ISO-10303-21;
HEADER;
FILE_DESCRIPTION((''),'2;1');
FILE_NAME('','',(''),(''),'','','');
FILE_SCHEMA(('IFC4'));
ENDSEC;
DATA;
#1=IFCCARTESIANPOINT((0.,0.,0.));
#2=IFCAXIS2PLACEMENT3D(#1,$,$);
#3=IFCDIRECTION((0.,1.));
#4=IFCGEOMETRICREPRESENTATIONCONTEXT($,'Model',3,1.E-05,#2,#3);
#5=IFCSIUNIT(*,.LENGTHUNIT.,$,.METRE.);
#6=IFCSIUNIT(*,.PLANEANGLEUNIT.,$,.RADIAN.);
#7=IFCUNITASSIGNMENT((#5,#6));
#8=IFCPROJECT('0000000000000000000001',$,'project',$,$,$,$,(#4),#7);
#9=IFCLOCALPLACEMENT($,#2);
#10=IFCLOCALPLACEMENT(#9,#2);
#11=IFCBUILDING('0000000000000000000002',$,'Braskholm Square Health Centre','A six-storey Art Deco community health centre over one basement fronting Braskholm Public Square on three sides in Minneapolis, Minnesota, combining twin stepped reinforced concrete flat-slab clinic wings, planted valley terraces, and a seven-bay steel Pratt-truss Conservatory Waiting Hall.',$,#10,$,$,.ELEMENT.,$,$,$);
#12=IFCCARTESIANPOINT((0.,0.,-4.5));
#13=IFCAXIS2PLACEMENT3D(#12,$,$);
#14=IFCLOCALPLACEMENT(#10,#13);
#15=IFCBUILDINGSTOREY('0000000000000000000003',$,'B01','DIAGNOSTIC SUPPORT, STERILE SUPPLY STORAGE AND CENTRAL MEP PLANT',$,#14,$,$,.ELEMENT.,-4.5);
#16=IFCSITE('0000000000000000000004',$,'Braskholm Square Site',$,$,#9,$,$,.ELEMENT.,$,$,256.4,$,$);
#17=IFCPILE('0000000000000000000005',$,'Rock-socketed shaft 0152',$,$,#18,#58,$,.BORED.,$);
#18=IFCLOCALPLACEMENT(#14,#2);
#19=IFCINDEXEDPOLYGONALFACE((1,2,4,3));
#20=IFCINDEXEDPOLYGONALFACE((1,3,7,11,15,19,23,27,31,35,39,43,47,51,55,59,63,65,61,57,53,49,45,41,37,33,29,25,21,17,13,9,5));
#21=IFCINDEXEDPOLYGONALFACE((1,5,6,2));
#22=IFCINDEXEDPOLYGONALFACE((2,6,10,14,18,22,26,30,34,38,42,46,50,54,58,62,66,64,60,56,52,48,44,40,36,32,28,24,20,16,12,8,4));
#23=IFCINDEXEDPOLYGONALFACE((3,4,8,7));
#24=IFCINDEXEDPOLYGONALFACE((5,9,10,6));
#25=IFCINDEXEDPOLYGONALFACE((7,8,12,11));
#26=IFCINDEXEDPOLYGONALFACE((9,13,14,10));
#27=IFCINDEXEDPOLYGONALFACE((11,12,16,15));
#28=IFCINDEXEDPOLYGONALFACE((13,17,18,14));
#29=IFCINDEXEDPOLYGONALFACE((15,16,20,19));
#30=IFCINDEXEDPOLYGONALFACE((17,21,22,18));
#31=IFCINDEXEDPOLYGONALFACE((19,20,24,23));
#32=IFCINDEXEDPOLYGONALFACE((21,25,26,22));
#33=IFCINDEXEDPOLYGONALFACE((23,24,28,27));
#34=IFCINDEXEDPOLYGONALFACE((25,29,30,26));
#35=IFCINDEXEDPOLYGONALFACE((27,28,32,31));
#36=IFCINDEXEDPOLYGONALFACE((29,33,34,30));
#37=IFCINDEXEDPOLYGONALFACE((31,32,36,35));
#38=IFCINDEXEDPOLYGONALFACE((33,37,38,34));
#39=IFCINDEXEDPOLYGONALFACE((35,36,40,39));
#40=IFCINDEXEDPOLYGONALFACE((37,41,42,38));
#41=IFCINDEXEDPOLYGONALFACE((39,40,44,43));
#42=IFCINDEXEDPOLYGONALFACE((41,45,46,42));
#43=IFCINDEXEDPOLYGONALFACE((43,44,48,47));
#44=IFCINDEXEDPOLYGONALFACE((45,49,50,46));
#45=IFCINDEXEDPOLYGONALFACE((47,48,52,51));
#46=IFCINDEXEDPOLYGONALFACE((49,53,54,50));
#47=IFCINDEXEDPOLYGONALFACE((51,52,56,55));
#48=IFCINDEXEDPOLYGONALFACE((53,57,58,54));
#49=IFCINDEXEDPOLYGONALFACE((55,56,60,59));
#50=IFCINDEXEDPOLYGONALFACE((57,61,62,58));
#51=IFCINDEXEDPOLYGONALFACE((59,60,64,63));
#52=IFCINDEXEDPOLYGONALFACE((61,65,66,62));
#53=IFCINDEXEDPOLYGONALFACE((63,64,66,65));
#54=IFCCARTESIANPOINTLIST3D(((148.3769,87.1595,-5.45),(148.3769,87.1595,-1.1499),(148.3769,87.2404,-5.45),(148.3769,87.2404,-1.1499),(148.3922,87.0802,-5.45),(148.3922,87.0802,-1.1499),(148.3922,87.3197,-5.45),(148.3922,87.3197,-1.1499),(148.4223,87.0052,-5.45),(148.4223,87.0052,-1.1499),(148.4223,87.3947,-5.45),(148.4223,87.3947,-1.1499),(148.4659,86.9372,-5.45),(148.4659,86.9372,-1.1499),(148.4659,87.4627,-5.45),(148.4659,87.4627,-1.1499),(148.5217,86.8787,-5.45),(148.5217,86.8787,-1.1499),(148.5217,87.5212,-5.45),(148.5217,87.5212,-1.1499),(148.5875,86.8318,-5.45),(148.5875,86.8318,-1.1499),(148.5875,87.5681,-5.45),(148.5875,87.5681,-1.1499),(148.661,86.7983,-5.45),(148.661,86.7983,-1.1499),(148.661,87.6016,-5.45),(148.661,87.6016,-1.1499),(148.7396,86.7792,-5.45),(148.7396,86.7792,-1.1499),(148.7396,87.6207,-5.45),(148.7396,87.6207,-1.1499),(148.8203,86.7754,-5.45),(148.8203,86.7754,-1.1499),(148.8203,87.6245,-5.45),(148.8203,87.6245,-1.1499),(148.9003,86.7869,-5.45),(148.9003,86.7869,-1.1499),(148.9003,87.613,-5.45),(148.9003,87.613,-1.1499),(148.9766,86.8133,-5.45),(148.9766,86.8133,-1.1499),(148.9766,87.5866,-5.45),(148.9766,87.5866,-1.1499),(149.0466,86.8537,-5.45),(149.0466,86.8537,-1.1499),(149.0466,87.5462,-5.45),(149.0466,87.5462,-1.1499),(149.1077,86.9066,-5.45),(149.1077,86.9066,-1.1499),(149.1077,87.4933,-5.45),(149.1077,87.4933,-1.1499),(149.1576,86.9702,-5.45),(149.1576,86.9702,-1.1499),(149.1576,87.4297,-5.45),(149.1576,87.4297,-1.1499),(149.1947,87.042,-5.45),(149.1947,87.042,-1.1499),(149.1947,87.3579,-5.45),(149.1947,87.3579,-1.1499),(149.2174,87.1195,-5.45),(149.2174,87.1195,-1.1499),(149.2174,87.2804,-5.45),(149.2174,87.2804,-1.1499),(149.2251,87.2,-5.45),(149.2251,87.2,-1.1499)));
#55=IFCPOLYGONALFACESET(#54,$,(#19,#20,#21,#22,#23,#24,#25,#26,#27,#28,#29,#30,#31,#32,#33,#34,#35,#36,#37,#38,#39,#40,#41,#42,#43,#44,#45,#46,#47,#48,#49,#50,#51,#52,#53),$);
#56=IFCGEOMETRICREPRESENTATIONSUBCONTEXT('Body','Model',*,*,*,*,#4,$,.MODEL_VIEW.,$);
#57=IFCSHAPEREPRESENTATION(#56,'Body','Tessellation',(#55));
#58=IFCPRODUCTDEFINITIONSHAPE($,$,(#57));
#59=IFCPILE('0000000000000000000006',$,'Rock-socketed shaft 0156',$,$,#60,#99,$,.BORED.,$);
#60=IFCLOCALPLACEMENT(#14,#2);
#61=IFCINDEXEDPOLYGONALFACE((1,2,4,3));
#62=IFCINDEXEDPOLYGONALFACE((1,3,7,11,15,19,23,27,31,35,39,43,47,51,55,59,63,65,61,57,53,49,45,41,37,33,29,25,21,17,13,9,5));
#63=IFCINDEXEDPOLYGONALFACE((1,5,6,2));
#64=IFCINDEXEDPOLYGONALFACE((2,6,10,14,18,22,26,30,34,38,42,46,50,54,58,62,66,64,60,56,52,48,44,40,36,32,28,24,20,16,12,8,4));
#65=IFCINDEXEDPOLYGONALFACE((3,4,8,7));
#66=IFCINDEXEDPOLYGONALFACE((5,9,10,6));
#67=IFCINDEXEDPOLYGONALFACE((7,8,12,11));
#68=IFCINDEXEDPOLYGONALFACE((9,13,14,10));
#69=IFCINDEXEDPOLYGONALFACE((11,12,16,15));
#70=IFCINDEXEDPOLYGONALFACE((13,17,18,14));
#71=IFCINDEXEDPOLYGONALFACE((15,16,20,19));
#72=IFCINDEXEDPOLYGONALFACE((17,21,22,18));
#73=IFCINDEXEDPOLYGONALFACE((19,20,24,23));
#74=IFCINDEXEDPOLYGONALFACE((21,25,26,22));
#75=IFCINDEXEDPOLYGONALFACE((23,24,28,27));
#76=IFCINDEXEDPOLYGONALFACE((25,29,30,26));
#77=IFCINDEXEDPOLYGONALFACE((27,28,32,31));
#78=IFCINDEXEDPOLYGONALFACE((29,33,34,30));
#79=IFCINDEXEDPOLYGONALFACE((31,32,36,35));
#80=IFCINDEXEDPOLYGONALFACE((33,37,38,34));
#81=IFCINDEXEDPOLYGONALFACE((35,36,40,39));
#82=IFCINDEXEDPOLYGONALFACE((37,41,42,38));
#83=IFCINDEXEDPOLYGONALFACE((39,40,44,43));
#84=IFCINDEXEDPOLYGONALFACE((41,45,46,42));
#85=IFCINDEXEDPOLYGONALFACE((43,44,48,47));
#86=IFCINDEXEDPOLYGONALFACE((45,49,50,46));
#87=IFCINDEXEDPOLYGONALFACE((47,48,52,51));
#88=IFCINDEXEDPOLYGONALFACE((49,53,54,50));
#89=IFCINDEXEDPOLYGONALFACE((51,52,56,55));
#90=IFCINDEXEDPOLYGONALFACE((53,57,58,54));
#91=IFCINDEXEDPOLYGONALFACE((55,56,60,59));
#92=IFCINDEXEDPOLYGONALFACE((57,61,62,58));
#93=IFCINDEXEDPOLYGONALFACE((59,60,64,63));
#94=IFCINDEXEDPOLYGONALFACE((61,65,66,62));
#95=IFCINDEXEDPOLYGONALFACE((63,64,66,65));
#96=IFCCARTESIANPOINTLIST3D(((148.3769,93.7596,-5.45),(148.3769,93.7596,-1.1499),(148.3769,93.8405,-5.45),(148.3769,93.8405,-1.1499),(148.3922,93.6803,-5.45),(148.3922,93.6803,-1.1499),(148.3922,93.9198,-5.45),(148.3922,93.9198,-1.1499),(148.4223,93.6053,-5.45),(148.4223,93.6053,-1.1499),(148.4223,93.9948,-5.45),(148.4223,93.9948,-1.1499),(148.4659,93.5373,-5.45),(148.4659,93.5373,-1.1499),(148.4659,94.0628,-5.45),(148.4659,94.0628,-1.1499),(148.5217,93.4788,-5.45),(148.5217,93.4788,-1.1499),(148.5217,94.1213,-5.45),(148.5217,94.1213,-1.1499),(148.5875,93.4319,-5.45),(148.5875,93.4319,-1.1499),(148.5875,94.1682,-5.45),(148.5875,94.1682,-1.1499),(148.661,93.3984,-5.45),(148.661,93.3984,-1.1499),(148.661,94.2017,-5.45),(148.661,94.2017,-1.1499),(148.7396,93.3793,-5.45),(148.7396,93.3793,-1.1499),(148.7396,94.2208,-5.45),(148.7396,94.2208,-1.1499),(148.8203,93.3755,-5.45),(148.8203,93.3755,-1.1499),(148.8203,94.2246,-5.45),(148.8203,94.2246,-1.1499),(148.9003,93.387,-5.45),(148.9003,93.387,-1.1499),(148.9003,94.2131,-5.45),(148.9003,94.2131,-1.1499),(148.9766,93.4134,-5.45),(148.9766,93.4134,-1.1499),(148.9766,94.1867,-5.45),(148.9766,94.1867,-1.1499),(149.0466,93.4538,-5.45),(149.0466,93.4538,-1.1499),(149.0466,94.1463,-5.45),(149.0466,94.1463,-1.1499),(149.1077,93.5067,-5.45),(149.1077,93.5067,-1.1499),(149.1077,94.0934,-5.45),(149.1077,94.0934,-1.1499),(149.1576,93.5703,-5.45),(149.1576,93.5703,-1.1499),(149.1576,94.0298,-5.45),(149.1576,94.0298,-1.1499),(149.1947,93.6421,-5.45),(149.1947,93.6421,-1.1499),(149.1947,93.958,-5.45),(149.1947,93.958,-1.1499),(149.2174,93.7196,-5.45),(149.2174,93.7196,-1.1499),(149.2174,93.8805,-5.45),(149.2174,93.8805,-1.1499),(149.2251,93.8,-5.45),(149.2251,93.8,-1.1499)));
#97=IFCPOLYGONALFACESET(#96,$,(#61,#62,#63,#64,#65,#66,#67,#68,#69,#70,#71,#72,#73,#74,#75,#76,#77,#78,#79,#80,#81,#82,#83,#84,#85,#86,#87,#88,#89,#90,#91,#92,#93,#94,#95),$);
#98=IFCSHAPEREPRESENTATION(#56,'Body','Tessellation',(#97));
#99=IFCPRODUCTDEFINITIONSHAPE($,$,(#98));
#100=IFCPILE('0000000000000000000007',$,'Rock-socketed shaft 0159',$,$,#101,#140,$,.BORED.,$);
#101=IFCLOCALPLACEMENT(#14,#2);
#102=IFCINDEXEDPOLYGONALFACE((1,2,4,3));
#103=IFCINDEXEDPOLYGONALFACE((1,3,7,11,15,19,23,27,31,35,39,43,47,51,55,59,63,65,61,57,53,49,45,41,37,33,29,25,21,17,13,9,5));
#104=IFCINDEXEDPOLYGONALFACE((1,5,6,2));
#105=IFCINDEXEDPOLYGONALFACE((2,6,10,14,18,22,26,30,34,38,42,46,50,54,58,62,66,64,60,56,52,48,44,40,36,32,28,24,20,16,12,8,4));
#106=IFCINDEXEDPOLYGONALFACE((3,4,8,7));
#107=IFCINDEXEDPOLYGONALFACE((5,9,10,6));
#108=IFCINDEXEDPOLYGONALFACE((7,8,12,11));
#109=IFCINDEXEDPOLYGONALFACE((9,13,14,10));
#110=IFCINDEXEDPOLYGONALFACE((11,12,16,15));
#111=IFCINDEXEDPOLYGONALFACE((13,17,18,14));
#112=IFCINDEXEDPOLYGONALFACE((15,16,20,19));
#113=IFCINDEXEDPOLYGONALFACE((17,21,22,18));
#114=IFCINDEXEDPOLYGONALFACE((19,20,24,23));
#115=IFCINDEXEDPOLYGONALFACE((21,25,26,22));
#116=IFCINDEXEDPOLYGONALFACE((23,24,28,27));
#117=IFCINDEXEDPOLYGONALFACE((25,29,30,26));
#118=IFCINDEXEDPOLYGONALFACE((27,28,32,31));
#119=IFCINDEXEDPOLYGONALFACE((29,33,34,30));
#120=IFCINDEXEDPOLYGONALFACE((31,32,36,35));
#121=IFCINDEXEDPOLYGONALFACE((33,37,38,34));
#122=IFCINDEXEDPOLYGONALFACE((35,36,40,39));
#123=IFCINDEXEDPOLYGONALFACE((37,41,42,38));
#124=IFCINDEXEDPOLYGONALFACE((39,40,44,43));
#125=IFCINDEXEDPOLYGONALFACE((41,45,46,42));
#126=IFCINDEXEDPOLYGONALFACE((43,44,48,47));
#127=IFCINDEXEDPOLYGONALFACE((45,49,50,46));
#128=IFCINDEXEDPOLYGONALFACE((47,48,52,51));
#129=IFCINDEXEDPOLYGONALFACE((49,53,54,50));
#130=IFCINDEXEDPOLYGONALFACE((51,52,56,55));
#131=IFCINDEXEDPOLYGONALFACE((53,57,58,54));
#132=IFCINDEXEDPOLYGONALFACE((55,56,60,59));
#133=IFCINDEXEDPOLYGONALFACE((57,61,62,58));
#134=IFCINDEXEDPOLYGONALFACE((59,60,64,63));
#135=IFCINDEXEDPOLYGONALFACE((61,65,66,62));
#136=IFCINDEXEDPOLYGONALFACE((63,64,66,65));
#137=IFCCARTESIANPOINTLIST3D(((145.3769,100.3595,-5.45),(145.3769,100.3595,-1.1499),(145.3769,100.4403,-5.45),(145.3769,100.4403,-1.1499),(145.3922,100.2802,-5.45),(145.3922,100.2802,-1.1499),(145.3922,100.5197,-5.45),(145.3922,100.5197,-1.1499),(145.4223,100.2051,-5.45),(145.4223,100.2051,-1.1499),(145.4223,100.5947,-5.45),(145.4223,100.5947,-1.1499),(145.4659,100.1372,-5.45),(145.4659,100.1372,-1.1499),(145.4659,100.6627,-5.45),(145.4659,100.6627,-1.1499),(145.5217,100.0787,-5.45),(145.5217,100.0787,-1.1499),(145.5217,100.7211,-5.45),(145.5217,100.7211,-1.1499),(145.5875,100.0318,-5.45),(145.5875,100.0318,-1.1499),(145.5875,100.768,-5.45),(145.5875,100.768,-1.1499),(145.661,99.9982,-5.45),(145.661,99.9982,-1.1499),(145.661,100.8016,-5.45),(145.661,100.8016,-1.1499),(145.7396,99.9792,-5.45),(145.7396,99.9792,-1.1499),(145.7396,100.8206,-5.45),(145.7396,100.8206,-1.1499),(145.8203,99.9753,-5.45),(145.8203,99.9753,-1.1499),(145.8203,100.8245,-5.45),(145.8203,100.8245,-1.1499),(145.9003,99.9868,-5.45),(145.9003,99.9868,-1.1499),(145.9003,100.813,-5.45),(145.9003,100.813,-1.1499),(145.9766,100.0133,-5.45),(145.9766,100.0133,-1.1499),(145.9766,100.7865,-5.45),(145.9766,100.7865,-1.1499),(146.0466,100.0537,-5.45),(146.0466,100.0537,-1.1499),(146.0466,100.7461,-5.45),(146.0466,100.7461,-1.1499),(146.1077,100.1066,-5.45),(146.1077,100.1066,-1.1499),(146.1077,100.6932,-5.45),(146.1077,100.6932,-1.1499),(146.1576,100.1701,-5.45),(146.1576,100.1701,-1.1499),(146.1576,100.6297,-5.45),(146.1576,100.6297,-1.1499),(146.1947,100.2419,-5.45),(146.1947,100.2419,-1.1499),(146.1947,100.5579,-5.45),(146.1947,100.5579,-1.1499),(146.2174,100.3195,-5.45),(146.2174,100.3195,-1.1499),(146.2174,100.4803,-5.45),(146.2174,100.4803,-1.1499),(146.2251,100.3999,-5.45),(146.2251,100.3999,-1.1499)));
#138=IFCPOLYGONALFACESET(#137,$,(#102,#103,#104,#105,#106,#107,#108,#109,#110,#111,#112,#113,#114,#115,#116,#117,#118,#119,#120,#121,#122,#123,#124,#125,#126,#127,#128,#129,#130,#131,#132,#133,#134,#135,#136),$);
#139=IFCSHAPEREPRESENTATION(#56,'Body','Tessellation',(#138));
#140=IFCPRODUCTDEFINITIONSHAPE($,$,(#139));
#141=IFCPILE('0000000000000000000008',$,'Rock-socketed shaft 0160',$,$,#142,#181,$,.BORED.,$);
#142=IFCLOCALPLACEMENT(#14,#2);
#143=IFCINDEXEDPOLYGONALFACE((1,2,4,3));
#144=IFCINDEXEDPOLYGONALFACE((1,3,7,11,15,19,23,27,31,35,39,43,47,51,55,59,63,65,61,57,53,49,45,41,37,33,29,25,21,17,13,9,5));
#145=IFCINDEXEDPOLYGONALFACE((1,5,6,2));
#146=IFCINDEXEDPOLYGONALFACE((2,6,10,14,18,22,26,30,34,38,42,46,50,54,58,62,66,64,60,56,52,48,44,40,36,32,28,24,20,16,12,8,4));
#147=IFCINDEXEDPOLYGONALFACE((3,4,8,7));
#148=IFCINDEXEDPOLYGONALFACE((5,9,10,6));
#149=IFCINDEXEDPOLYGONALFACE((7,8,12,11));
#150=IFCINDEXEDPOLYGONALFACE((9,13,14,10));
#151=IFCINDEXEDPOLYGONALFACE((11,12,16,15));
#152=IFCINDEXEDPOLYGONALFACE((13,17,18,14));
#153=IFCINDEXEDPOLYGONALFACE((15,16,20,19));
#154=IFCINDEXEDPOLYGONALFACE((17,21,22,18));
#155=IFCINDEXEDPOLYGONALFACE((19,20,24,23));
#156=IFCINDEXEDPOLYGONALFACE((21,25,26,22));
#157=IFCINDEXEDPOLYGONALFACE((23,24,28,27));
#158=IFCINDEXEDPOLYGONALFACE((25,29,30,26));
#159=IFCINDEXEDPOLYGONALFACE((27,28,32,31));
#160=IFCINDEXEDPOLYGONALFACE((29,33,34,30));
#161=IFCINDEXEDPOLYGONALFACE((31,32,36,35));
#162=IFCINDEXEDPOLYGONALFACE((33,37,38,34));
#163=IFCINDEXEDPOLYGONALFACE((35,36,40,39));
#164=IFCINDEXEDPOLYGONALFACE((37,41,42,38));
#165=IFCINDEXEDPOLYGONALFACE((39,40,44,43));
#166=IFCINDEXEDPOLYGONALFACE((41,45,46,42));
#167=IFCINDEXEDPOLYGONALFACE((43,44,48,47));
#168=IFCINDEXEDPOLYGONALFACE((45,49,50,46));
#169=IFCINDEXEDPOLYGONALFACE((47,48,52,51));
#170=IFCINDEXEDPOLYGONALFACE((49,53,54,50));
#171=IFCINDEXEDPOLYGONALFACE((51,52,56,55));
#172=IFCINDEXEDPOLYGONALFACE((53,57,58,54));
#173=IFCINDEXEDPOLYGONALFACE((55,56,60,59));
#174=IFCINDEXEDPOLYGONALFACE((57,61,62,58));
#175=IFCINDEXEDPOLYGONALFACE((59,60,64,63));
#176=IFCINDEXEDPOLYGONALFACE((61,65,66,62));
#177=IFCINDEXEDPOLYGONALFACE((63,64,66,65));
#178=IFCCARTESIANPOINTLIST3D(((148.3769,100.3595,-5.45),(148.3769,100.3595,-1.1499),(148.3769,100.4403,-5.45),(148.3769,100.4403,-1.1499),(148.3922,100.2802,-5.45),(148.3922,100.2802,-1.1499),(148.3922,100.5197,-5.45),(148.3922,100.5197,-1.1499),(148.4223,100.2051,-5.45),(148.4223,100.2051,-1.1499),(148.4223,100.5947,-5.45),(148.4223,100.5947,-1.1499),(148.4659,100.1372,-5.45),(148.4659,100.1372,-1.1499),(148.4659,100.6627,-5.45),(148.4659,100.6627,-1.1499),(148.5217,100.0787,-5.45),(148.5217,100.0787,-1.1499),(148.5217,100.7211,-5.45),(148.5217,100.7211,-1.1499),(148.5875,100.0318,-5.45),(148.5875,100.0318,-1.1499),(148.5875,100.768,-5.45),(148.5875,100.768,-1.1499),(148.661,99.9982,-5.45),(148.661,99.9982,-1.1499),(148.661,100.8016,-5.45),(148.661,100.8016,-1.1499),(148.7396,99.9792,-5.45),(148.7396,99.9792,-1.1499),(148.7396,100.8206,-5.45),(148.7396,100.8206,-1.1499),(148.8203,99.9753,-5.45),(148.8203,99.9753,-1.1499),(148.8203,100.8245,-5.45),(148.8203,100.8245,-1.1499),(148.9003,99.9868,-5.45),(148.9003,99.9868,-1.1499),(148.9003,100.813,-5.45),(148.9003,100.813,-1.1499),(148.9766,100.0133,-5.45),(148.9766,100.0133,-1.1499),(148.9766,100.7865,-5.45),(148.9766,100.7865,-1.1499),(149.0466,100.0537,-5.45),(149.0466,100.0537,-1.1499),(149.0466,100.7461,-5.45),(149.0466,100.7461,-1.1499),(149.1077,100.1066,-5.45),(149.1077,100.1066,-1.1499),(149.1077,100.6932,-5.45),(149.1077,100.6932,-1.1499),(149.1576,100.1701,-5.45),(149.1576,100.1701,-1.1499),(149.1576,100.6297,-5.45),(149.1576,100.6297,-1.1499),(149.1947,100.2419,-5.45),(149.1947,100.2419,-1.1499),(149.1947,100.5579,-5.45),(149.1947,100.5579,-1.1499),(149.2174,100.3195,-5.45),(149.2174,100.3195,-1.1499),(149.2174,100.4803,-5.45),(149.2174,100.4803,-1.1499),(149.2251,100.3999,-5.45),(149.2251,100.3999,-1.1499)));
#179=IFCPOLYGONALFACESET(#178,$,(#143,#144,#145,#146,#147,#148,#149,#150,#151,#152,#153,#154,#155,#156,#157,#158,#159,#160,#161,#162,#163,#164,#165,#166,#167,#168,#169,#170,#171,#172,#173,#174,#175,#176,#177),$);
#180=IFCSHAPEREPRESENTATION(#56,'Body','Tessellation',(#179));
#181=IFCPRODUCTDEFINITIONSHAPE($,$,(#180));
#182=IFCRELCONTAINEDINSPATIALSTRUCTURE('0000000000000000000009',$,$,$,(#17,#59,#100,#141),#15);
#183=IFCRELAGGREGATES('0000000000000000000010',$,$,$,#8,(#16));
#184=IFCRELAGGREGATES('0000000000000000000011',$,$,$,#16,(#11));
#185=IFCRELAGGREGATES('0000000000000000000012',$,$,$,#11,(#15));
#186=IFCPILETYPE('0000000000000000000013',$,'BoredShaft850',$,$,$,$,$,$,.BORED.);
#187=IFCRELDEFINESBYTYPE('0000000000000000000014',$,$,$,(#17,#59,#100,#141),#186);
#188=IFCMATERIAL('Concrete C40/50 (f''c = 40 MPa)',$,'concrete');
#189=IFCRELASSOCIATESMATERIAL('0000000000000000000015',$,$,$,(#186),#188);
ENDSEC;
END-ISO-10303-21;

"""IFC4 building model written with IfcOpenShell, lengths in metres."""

from ifc_helpers import new_model, si_unit, direction, frame, origin, origin_2d, place, context, subcontext, project, spatial, circle, extrude, material, material_profile, profile_set, type_object, element, save


model = new_model("IFC4")

# Units and contexts
model_context = context("Model", 3, precision=1e-05, world=origin(), true_north=direction((0.0, 1.0)))
body_context = subcontext(model_context, "Body", "Model", "MODEL_VIEW")
ifc_project = project(units=[si_unit("LENGTHUNIT", "METRE"), si_unit("PLANEANGLEUNIT", "RADIAN")], contexts=[model_context])

# Site, building, storey
site_placement = place(None, origin())
site = spatial("IfcSite", under=ifc_project, at=site_placement, Name="Braskholm Square Site", CompositionType="ELEMENT", RefElevation=256.4)
building_placement = place(site_placement, origin())
building = spatial("IfcBuilding", under=site, at=building_placement, Name="Braskholm Square Health Centre", Description="A six-storey Art Deco community health centre over one basement fronting Braskholm Public Square on three sides in Minneapolis, Minnesota, combining twin stepped reinforced concrete flat-slab clinic wings, planted valley terraces, and a seven-bay steel Pratt-truss Conservatory Waiting Hall.", CompositionType="ELEMENT")
storey_placement = place(building_placement, frame((0.0, 0.0, -4.5)))
storey = spatial("IfcBuildingStorey", under=building, at=storey_placement, Name="B01", Description="DIAGNOSTIC SUPPORT, STERILE SUPPLY STORAGE AND CENTRAL MEP PLANT", CompositionType="ELEMENT", Elevation=-4.5)

# Piles
ifc_material_1 = material(Name="Concrete C40/50 (f'c = 40 MPa)", Category="concrete")
ifc_material_profile_1 = material_profile(ifc_material_1, circle(Radius=0.425, at=origin_2d()), Name="BORED-PILE-850")
ifc_profile_set_1 = profile_set([ifc_material_profile_1], Name="Concrete C40/50 (f'c = 40 MPa)")
pile_type_1 = type_object("IfcPileType", Name="BoredShaft850", PredefinedType="BORED", material=ifc_profile_set_1)
for number, where, z_axis, x_axis, name in (
    (1, (148.8, 87.2, -1.1499), (0.0, 0.0, -1.0), (1.0, 0.0, 0.0), "Rock-socketed shaft 0152"),
    (2, (148.8, 93.8, -1.1499), (0.0, 0.0, -1.0), (1.0, 0.0, 0.0), "Rock-socketed shaft 0156"),
    (3, (145.8, 100.3999, -1.1499), (0.0, 0.0, -1.0), (1.0, 0.0, 0.0), "Rock-socketed shaft 0159"),
    (4, (148.8, 100.3999, -1.1499), (0.0, 0.0, -1.0), (1.0, 0.0, 0.0), "Rock-socketed shaft 0160"),
):
    element("IfcPile", number, at=place(storey_placement, frame(where, z_axis=z_axis, x_axis=x_axis)), inside=storey, type_object=pile_type_1, Name=name, PredefinedType="BORED", context=body_context, shape_type="SweptSolid", body=[
        extrude(circle(Radius=0.425, at=origin_2d()), origin(), (0.0, 0.0, 1.0), 4.3),
    ])

save(model, "model.ifc")
